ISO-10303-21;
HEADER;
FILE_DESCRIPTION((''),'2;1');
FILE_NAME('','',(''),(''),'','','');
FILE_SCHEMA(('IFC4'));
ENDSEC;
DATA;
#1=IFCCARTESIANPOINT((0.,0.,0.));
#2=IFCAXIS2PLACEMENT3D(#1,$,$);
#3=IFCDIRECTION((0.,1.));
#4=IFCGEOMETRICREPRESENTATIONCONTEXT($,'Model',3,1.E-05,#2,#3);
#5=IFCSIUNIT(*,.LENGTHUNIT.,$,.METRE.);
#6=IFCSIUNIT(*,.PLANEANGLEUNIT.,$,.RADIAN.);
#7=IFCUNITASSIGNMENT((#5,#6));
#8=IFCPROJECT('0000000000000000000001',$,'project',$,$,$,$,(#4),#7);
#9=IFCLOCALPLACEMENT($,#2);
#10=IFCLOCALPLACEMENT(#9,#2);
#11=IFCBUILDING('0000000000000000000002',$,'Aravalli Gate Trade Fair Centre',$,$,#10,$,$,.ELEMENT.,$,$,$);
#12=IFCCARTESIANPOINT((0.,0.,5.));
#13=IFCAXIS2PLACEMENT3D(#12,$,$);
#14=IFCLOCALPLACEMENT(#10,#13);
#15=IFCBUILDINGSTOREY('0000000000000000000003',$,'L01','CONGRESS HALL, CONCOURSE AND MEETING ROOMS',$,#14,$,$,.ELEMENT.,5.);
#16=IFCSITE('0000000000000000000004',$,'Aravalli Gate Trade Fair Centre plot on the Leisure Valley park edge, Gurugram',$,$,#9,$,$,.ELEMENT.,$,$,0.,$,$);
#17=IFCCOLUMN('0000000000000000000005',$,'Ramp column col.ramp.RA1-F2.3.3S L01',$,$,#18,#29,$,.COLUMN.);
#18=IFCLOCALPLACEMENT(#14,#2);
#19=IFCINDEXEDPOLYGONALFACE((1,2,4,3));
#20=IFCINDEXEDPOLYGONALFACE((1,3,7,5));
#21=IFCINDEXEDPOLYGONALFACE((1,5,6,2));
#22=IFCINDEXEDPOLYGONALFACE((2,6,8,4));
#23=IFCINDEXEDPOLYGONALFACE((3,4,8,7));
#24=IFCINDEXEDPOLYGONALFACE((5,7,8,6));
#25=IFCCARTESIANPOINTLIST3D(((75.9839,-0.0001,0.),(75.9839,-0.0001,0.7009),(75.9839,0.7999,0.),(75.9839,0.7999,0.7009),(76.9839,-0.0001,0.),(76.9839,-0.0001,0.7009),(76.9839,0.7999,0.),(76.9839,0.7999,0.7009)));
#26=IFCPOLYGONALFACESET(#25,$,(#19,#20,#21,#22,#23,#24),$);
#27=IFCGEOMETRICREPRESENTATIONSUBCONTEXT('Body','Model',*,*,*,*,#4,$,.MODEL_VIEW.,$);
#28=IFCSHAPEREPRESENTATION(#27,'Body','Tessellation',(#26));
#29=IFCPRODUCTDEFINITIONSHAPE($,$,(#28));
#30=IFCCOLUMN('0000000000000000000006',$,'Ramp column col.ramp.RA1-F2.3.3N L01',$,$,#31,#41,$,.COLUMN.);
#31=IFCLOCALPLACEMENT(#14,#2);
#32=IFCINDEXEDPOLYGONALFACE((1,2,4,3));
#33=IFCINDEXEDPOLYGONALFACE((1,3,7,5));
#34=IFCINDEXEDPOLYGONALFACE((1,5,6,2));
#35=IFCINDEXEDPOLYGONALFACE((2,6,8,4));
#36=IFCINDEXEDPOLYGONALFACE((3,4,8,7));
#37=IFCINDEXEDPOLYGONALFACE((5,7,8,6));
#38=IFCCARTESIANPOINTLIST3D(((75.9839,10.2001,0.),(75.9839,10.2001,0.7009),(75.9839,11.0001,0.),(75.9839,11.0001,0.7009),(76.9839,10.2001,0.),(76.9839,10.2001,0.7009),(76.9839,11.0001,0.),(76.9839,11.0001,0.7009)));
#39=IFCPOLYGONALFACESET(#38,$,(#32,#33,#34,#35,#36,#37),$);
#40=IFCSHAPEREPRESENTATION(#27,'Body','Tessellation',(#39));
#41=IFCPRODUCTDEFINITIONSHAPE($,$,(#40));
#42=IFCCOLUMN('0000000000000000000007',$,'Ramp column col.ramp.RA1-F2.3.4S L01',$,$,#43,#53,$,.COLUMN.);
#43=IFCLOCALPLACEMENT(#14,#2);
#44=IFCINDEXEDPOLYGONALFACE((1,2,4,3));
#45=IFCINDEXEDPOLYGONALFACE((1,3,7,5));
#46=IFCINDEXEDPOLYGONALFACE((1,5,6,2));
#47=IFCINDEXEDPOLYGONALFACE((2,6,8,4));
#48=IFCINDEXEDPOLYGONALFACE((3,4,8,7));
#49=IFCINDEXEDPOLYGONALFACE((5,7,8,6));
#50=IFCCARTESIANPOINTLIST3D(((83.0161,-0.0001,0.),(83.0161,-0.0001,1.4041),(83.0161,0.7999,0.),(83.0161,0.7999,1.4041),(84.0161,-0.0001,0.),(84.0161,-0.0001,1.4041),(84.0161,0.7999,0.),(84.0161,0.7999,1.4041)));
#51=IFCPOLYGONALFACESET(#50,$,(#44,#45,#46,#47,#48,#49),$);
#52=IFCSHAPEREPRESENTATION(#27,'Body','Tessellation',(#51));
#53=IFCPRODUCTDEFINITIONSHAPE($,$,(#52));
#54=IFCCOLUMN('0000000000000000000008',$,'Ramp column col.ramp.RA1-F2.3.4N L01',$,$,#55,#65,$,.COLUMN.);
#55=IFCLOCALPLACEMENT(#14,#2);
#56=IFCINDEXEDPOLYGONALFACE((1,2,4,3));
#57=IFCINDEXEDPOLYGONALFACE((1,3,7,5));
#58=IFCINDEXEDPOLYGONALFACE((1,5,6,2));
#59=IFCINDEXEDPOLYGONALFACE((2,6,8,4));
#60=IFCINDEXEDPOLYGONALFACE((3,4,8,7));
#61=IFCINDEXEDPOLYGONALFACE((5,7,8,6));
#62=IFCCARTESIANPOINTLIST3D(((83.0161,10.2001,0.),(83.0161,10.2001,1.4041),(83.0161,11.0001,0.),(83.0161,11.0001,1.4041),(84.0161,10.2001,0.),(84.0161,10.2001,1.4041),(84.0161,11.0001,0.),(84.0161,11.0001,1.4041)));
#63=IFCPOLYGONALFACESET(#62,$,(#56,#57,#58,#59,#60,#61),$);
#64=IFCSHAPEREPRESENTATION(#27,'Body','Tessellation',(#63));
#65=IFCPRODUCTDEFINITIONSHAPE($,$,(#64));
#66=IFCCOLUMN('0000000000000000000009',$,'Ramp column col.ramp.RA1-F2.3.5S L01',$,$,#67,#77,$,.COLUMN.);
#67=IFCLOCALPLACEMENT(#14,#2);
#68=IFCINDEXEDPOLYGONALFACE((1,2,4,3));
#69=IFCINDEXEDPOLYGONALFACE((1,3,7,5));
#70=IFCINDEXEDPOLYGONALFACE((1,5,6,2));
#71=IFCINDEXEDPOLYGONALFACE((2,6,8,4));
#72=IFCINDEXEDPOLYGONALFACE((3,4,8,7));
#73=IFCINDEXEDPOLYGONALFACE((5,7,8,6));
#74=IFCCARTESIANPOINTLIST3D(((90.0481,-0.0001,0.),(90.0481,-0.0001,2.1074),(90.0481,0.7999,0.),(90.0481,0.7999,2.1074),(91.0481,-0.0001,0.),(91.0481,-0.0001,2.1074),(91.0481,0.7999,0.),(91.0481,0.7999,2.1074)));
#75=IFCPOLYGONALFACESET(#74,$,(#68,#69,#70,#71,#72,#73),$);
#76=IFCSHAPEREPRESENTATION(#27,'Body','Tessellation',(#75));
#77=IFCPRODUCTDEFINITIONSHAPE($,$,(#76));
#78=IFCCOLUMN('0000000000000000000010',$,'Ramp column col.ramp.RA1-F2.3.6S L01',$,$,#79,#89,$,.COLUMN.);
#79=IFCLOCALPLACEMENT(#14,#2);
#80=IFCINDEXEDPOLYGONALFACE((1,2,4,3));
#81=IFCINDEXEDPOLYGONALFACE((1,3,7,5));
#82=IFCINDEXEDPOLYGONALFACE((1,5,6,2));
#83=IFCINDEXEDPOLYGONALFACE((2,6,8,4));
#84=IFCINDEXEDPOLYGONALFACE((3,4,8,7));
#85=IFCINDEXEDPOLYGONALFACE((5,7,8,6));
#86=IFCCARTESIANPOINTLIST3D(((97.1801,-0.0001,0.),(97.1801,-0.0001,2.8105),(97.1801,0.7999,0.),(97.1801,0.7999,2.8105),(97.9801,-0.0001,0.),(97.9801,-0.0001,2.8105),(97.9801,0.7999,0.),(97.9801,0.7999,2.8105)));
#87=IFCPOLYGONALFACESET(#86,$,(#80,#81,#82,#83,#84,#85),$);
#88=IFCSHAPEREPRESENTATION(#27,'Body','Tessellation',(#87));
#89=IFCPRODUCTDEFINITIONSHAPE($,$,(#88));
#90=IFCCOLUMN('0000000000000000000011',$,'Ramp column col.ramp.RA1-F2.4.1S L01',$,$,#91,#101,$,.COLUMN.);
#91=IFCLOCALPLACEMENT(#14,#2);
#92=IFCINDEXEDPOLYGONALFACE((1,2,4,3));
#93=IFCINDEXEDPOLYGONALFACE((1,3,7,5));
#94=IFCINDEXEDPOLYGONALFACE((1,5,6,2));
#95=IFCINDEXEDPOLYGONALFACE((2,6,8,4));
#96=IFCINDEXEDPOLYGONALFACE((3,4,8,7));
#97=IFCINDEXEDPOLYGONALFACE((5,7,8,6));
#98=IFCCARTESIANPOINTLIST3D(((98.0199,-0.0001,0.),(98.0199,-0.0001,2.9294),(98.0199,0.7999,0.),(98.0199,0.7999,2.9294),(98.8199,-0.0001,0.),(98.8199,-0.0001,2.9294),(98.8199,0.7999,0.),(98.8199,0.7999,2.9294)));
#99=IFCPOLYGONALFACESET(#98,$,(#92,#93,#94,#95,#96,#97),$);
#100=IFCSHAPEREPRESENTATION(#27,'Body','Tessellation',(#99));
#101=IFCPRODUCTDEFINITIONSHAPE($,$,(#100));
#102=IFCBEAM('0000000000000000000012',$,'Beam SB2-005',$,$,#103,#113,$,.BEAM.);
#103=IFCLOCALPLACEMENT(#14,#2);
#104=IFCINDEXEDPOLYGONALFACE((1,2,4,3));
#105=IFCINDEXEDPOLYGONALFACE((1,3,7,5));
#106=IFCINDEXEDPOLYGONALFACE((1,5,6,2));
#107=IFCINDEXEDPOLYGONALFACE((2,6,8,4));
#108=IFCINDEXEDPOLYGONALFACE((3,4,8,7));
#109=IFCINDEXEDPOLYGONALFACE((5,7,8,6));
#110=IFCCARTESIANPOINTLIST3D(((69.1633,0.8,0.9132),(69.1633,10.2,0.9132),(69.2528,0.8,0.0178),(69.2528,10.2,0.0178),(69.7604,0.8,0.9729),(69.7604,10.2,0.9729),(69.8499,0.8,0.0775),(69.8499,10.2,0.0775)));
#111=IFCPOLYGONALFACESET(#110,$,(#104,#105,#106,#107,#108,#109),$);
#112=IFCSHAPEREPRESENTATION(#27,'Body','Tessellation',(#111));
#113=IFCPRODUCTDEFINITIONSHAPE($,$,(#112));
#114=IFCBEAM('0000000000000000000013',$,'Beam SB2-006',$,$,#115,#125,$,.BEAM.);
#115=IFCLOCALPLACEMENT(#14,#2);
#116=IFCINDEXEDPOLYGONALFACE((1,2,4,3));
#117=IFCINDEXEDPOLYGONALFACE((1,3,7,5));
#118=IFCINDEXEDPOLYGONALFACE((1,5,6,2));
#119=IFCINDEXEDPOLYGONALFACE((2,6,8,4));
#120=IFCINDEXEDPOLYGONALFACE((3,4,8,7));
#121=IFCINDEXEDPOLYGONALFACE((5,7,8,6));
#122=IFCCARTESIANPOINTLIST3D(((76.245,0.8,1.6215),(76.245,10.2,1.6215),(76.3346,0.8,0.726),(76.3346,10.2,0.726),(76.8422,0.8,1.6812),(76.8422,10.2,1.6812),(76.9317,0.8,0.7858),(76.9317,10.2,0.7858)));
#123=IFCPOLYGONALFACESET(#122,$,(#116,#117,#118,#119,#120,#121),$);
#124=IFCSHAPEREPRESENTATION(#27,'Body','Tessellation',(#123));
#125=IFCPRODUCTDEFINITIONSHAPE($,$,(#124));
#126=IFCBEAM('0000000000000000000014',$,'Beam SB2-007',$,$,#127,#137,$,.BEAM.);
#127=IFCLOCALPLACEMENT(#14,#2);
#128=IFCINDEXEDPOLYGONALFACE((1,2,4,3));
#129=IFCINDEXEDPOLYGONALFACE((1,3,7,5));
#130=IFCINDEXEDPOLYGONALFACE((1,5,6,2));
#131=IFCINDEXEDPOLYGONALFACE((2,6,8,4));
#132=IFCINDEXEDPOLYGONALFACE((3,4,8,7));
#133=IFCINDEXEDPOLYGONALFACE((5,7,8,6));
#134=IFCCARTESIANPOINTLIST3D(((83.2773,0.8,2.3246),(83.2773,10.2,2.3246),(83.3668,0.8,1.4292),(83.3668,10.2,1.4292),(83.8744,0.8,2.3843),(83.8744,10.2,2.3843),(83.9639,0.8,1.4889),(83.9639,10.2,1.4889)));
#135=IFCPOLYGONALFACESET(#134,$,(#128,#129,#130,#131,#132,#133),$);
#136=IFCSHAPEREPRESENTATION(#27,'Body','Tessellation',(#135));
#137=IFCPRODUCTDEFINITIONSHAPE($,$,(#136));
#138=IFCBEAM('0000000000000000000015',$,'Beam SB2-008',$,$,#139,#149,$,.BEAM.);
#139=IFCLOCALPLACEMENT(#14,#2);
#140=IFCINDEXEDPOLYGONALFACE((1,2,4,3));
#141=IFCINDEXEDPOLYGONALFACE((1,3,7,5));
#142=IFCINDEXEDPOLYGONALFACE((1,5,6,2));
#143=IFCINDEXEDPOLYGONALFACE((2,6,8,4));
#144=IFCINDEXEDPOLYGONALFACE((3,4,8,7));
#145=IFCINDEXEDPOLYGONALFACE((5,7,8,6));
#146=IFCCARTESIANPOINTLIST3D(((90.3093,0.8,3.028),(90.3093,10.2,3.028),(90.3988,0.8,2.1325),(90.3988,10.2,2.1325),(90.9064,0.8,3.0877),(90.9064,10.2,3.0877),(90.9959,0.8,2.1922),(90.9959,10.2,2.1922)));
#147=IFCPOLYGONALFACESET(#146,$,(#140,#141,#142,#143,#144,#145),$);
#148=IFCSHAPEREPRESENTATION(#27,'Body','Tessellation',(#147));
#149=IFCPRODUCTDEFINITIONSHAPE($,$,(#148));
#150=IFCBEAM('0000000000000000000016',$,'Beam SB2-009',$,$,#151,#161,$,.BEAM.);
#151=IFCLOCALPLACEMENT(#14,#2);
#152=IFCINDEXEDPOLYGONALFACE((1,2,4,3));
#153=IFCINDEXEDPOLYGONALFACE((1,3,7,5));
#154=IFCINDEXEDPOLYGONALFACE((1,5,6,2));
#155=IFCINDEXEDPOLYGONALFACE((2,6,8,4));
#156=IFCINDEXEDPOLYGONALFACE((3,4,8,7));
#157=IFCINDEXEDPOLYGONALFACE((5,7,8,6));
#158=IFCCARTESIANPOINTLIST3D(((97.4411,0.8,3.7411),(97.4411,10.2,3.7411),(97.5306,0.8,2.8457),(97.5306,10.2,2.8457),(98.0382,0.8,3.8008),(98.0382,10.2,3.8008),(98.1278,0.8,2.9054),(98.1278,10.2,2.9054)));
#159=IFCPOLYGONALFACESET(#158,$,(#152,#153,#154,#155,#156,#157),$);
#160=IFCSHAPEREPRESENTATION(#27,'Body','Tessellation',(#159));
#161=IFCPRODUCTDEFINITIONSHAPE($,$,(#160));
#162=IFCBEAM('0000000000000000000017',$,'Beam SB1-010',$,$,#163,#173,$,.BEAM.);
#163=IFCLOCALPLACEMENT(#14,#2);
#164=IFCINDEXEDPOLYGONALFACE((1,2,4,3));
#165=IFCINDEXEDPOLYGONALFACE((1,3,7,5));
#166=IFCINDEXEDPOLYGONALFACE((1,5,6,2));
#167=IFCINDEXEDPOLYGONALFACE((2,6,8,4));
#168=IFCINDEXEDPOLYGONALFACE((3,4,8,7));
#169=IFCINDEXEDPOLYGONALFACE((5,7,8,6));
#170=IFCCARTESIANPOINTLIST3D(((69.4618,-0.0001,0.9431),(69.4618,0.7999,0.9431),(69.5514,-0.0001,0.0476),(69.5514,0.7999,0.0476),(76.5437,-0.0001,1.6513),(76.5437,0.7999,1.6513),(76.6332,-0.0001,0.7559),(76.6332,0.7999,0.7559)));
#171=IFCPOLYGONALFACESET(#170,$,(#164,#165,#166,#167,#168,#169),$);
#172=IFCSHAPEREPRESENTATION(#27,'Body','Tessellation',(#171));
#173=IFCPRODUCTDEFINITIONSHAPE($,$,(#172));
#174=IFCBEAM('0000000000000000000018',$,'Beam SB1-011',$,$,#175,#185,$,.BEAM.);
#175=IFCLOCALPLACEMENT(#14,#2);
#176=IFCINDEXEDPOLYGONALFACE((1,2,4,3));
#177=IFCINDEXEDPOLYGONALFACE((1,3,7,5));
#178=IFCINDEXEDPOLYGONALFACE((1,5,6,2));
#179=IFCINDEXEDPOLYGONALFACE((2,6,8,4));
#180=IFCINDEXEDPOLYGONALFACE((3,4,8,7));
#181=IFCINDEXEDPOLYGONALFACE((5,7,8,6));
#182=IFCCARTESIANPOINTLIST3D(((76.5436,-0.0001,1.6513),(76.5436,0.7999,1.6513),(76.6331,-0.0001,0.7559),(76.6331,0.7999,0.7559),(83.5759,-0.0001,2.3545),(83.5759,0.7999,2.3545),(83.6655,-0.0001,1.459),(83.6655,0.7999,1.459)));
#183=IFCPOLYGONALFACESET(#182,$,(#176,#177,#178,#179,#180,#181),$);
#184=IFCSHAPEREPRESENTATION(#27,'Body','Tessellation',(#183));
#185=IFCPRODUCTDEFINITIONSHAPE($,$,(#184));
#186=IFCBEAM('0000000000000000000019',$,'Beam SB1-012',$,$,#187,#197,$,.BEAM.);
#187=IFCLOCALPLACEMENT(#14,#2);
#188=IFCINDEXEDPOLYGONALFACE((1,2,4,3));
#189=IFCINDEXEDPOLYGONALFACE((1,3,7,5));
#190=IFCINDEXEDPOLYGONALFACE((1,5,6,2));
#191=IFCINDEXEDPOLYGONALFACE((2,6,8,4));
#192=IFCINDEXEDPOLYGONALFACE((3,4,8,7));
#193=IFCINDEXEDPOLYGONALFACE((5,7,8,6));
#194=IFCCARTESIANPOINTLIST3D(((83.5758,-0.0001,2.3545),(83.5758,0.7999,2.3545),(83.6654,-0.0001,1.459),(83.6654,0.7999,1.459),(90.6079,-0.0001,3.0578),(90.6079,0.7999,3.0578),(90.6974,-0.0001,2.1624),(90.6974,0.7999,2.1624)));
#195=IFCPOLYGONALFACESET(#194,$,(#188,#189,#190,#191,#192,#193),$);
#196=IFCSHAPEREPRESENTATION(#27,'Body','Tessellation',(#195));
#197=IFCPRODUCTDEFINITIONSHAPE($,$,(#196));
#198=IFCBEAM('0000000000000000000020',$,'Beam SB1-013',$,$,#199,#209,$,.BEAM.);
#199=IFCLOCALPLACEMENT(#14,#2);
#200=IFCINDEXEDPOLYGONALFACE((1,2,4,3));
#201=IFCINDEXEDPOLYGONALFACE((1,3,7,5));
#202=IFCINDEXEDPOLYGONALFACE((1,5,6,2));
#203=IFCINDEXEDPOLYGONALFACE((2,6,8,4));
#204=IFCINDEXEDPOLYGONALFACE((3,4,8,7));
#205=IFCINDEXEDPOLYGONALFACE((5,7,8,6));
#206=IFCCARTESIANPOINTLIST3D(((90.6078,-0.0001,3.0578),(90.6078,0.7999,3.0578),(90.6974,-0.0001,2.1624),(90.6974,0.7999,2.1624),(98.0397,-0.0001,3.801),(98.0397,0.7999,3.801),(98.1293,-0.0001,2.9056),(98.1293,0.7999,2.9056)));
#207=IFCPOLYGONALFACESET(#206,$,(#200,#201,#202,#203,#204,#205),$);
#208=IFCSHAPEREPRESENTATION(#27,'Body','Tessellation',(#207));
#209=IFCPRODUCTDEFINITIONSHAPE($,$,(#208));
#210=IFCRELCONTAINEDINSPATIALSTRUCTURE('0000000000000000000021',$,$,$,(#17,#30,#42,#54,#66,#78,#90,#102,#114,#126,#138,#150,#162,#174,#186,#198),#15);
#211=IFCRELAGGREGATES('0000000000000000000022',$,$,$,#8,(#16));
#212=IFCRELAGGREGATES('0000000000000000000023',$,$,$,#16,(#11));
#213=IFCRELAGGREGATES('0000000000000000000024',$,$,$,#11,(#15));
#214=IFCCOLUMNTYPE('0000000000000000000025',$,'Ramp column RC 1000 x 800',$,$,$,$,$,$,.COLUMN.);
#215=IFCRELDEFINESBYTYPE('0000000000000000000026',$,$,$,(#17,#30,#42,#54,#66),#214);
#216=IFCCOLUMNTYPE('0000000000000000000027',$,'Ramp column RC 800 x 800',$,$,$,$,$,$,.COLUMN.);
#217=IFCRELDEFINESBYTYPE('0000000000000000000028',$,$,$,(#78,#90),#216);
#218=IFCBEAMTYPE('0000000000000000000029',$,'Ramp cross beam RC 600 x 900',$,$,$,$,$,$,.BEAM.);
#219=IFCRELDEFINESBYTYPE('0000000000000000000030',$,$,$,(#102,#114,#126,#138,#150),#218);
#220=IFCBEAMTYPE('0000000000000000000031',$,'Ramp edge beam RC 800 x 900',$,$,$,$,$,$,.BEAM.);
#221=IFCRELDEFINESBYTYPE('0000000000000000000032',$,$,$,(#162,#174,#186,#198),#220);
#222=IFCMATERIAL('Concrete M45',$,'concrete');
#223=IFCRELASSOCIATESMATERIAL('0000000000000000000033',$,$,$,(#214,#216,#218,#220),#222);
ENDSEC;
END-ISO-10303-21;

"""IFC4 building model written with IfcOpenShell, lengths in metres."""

from ifc_helpers import new_model, si_unit, direction, frame, origin, origin_2d, place, context, subcontext, project, spatial, rectangle, extrude, material, material_profile, profile_set, type_object, element, save


model = new_model("IFC4")

# Units and contexts
model_context = context("Model", 3, precision=1e-05, world=origin(), true_north=direction((0.0, 1.0)))
body_context = subcontext(model_context, "Body", "Model", "MODEL_VIEW")
ifc_project = project(units=[si_unit("LENGTHUNIT", "METRE"), si_unit("PLANEANGLEUNIT", "RADIAN")], contexts=[model_context])

# Site, building, storey
site_placement = place(None, origin())
site = spatial("IfcSite", under=ifc_project, at=site_placement, Name="Aravalli Gate Trade Fair Centre plot on the Leisure Valley park edge, Gurugram", CompositionType="ELEMENT", RefElevation=0.0)
building_placement = place(site_placement, origin())
building = spatial("IfcBuilding", under=site, at=building_placement, Name="Aravalli Gate Trade Fair Centre", CompositionType="ELEMENT")
storey_placement = place(building_placement, frame((0.0, 0.0, 5.0)))
storey = spatial("IfcBuildingStorey", under=building, at=storey_placement, Name="L01", Description="CONGRESS HALL, CONCOURSE AND MEETING ROOMS", CompositionType="ELEMENT", Elevation=5.0)

# Columns
ifc_material_1 = material(Name="Concrete M45", Category="concrete")
ifc_material_profile_1 = material_profile(ifc_material_1, rectangle(XDim=1.0, YDim=0.8, at=origin_2d()), Name="Ramp column RC 1000 x 800")
ifc_profile_set_1 = profile_set([ifc_material_profile_1], Name="Concrete M45")
column_type_1 = type_object("IfcColumnType", Name="Ramp column RC 1000 x 800", PredefinedType="COLUMN", material=ifc_profile_set_1)
for number, where, z_axis, x_axis, name in (
    (1, (76.4839, 0.3999, 0.0), (0.0, 0.0, 1.0), (1.0, 0.0, 0.0), "Ramp column col.ramp.RA1-F2.3.3S L01"),
    (2, (76.4839, 10.6001, 0.0), (0.0, 0.0, 1.0), (1.0, 0.0, 0.0), "Ramp column col.ramp.RA1-F2.3.3N L01"),
):
    element("IfcColumn", number, at=place(storey_placement, frame(where, z_axis=z_axis, x_axis=x_axis)), inside=storey, type_object=column_type_1, Name=name, PredefinedType="COLUMN", context=body_context, shape_type="SweptSolid", body=[
        extrude(rectangle(XDim=1.0, YDim=0.8, at=origin_2d()), origin(), (0.0, 0.0, 1.0), 0.7009),
    ])
for number, where, z_axis, x_axis, name in (
    (3, (83.5161, 0.3999, 0.0), (0.0, 0.0, 1.0), (1.0, 0.0, 0.0), "Ramp column col.ramp.RA1-F2.3.4S L01"),
    (4, (83.5161, 10.6001, 0.0), (0.0, 0.0, 1.0), (1.0, 0.0, 0.0), "Ramp column col.ramp.RA1-F2.3.4N L01"),
):
    element("IfcColumn", number, at=place(storey_placement, frame(where, z_axis=z_axis, x_axis=x_axis)), inside=storey, type_object=column_type_1, Name=name, PredefinedType="COLUMN", context=body_context, shape_type="SweptSolid", body=[
        extrude(rectangle(XDim=1.0, YDim=0.8, at=origin_2d()), origin(), (0.0, 0.0, 1.0), 1.4041),
    ])
column_1_placement = place(storey_placement, frame((90.5481, 0.3999, 0.0), z_axis=(0.0, 0.0, 1.0), x_axis=(1.0, 0.0, 0.0)))
element("IfcColumn", 5, at=column_1_placement, inside=storey, type_object=column_type_1, Name="Ramp column col.ramp.RA1-F2.3.5S L01", PredefinedType="COLUMN", context=body_context, shape_type="SweptSolid", body=[
    extrude(rectangle(XDim=1.0, YDim=0.8, at=origin_2d()), origin(), (0.0, 0.0, 1.0), 2.1074),
])
ifc_material_profile_2 = material_profile(ifc_material_1, rectangle(XDim=0.8, YDim=0.8, at=origin_2d()), Name="Ramp column RC 800 x 800")
ifc_profile_set_2 = profile_set([ifc_material_profile_2], Name="Concrete M45")
column_type_2 = type_object("IfcColumnType", Name="Ramp column RC 800 x 800", PredefinedType="COLUMN", material=ifc_profile_set_2)
column_2_placement = place(storey_placement, frame((97.5801, 0.3999, 0.0), z_axis=(0.0, 0.0, 1.0), x_axis=(1.0, 0.0, 0.0)))
element("IfcColumn", 6, at=column_2_placement, inside=storey, type_object=column_type_2, Name="Ramp column col.ramp.RA1-F2.3.6S L01", PredefinedType="COLUMN", context=body_context, shape_type="SweptSolid", body=[
    extrude(rectangle(XDim=0.8, YDim=0.8, at=origin_2d()), origin(), (0.0, 0.0, 1.0), 2.8105),
])
column_3_placement = place(storey_placement, frame((98.4199, 0.3999, 0.0), z_axis=(0.0, 0.0, 1.0), x_axis=(1.0, 0.0, 0.0)))
element("IfcColumn", 7, at=column_3_placement, inside=storey, type_object=column_type_2, Name="Ramp column col.ramp.RA1-F2.4.1S L01", PredefinedType="COLUMN", context=body_context, shape_type="SweptSolid", body=[
    extrude(rectangle(XDim=0.8, YDim=0.8, at=origin_2d()), origin(), (0.0, 0.0, 1.0), 2.9294),
])

# Beams
ifc_material_profile_3 = material_profile(ifc_material_1, rectangle(XDim=0.6001, YDim=0.8999, at=origin_2d()), Name="Ramp cross beam RC 600 x 900")
ifc_profile_set_3 = profile_set([ifc_material_profile_3], Name="Concrete M45")
beam_type_1 = type_object("IfcBeamType", Name="Ramp cross beam RC 600 x 900", PredefinedType="BEAM", material=ifc_profile_set_3)
for number, where, z_axis, x_axis, name in (
    (8, (69.5066, 0.8, 0.4954), (0.0, 1.0, 0.0), (-0.995037, 0.0, -0.099504), "Beam SB2-005"),
    (9, (76.5884, 0.8, 1.2036), (0.0, 1.0, 0.0), (-0.995037, 0.0, -0.099504), "Beam SB2-006"),
    (10, (83.6206, 0.8, 1.9067), (0.0, 1.0, 0.0), (-0.995037, 0.0, -0.099504), "Beam SB2-007"),
    (11, (90.6526, 0.8, 2.6101), (0.0, 1.0, 0.0), (-0.995037, 0.0, -0.099504), "Beam SB2-008"),
    (12, (97.7844, 0.8, 3.3232), (0.0, 1.0, 0.0), (-0.995037, 0.0, -0.099504), "Beam SB2-009"),
):
    element("IfcBeam", number, at=place(storey_placement, frame(where, z_axis=z_axis, x_axis=x_axis)), inside=storey, type_object=beam_type_1, Name=name, PredefinedType="BEAM", context=body_context, shape_type="SweptSolid", body=[
        extrude(rectangle(XDim=0.6001, YDim=0.8999, at=origin_2d()), origin(), (0.0, 0.0, 1.0), 9.3999),
    ])
ifc_material_profile_4 = material_profile(ifc_material_1, rectangle(XDim=0.8, YDim=0.8999, at=origin_2d()), Name="Ramp edge beam RC 800 x 900")
ifc_profile_set_4 = profile_set([ifc_material_profile_4], Name="Concrete M45")
beam_type_2 = type_object("IfcBeamType", Name="Ramp edge beam RC 800 x 900", PredefinedType="BEAM", material=ifc_profile_set_4)
beam_1_placement = place(storey_placement, frame((69.5066, 0.3999, 0.4954), z_axis=(0.995036, 0.0, 0.099514), x_axis=(0.0, 1.0, 0.0)))
element("IfcBeam", 13, at=beam_1_placement, inside=storey, type_object=beam_type_2, Name="Beam SB1-010", PredefinedType="BEAM", context=body_context, shape_type="SweptSolid", body=[
    extrude(rectangle(XDim=0.8, YDim=0.8999, at=origin_2d()), origin(), (0.0, 0.0, 1.0), 7.1172),
])
beam_2_placement = place(storey_placement, frame((76.5884, 0.3999, 1.2036), z_axis=(0.995039, 0.0, 0.09949), x_axis=(0.0, 1.0, 0.0)))
element("IfcBeam", 14, at=beam_2_placement, inside=storey, type_object=beam_type_2, Name="Beam SB1-011", PredefinedType="BEAM", context=body_context, shape_type="SweptSolid", body=[
    extrude(rectangle(XDim=0.8, YDim=0.8999, at=origin_2d()), origin(), (0.0, 0.0, 1.0), 7.0674),
])
beam_3_placement = place(storey_placement, frame((83.6206, 0.3999, 1.9067), z_axis=(0.995035, 0.0, 0.099528), x_axis=(0.0, 1.0, 0.0)))
element("IfcBeam", 15, at=beam_3_placement, inside=storey, type_object=beam_type_2, Name="Beam SB1-012", PredefinedType="BEAM", context=body_context, shape_type="SweptSolid", body=[
    extrude(rectangle(XDim=0.8, YDim=0.8999, at=origin_2d()), origin(), (0.0, 0.0, 1.0), 7.0671),
])
beam_4_placement = place(storey_placement, frame((90.6526, 0.3999, 2.6101), z_axis=(0.995038, 0.0, 0.0995), x_axis=(0.0, 1.0, 0.0)))
element("IfcBeam", 16, at=beam_4_placement, inside=storey, type_object=beam_type_2, Name="Beam SB1-013", PredefinedType="BEAM", context=body_context, shape_type="SweptSolid", body=[
    extrude(rectangle(XDim=0.8, YDim=0.8999, at=origin_2d()), origin(), (0.0, 0.0, 1.0), 7.469),
])

save(model, "model.ifc")
